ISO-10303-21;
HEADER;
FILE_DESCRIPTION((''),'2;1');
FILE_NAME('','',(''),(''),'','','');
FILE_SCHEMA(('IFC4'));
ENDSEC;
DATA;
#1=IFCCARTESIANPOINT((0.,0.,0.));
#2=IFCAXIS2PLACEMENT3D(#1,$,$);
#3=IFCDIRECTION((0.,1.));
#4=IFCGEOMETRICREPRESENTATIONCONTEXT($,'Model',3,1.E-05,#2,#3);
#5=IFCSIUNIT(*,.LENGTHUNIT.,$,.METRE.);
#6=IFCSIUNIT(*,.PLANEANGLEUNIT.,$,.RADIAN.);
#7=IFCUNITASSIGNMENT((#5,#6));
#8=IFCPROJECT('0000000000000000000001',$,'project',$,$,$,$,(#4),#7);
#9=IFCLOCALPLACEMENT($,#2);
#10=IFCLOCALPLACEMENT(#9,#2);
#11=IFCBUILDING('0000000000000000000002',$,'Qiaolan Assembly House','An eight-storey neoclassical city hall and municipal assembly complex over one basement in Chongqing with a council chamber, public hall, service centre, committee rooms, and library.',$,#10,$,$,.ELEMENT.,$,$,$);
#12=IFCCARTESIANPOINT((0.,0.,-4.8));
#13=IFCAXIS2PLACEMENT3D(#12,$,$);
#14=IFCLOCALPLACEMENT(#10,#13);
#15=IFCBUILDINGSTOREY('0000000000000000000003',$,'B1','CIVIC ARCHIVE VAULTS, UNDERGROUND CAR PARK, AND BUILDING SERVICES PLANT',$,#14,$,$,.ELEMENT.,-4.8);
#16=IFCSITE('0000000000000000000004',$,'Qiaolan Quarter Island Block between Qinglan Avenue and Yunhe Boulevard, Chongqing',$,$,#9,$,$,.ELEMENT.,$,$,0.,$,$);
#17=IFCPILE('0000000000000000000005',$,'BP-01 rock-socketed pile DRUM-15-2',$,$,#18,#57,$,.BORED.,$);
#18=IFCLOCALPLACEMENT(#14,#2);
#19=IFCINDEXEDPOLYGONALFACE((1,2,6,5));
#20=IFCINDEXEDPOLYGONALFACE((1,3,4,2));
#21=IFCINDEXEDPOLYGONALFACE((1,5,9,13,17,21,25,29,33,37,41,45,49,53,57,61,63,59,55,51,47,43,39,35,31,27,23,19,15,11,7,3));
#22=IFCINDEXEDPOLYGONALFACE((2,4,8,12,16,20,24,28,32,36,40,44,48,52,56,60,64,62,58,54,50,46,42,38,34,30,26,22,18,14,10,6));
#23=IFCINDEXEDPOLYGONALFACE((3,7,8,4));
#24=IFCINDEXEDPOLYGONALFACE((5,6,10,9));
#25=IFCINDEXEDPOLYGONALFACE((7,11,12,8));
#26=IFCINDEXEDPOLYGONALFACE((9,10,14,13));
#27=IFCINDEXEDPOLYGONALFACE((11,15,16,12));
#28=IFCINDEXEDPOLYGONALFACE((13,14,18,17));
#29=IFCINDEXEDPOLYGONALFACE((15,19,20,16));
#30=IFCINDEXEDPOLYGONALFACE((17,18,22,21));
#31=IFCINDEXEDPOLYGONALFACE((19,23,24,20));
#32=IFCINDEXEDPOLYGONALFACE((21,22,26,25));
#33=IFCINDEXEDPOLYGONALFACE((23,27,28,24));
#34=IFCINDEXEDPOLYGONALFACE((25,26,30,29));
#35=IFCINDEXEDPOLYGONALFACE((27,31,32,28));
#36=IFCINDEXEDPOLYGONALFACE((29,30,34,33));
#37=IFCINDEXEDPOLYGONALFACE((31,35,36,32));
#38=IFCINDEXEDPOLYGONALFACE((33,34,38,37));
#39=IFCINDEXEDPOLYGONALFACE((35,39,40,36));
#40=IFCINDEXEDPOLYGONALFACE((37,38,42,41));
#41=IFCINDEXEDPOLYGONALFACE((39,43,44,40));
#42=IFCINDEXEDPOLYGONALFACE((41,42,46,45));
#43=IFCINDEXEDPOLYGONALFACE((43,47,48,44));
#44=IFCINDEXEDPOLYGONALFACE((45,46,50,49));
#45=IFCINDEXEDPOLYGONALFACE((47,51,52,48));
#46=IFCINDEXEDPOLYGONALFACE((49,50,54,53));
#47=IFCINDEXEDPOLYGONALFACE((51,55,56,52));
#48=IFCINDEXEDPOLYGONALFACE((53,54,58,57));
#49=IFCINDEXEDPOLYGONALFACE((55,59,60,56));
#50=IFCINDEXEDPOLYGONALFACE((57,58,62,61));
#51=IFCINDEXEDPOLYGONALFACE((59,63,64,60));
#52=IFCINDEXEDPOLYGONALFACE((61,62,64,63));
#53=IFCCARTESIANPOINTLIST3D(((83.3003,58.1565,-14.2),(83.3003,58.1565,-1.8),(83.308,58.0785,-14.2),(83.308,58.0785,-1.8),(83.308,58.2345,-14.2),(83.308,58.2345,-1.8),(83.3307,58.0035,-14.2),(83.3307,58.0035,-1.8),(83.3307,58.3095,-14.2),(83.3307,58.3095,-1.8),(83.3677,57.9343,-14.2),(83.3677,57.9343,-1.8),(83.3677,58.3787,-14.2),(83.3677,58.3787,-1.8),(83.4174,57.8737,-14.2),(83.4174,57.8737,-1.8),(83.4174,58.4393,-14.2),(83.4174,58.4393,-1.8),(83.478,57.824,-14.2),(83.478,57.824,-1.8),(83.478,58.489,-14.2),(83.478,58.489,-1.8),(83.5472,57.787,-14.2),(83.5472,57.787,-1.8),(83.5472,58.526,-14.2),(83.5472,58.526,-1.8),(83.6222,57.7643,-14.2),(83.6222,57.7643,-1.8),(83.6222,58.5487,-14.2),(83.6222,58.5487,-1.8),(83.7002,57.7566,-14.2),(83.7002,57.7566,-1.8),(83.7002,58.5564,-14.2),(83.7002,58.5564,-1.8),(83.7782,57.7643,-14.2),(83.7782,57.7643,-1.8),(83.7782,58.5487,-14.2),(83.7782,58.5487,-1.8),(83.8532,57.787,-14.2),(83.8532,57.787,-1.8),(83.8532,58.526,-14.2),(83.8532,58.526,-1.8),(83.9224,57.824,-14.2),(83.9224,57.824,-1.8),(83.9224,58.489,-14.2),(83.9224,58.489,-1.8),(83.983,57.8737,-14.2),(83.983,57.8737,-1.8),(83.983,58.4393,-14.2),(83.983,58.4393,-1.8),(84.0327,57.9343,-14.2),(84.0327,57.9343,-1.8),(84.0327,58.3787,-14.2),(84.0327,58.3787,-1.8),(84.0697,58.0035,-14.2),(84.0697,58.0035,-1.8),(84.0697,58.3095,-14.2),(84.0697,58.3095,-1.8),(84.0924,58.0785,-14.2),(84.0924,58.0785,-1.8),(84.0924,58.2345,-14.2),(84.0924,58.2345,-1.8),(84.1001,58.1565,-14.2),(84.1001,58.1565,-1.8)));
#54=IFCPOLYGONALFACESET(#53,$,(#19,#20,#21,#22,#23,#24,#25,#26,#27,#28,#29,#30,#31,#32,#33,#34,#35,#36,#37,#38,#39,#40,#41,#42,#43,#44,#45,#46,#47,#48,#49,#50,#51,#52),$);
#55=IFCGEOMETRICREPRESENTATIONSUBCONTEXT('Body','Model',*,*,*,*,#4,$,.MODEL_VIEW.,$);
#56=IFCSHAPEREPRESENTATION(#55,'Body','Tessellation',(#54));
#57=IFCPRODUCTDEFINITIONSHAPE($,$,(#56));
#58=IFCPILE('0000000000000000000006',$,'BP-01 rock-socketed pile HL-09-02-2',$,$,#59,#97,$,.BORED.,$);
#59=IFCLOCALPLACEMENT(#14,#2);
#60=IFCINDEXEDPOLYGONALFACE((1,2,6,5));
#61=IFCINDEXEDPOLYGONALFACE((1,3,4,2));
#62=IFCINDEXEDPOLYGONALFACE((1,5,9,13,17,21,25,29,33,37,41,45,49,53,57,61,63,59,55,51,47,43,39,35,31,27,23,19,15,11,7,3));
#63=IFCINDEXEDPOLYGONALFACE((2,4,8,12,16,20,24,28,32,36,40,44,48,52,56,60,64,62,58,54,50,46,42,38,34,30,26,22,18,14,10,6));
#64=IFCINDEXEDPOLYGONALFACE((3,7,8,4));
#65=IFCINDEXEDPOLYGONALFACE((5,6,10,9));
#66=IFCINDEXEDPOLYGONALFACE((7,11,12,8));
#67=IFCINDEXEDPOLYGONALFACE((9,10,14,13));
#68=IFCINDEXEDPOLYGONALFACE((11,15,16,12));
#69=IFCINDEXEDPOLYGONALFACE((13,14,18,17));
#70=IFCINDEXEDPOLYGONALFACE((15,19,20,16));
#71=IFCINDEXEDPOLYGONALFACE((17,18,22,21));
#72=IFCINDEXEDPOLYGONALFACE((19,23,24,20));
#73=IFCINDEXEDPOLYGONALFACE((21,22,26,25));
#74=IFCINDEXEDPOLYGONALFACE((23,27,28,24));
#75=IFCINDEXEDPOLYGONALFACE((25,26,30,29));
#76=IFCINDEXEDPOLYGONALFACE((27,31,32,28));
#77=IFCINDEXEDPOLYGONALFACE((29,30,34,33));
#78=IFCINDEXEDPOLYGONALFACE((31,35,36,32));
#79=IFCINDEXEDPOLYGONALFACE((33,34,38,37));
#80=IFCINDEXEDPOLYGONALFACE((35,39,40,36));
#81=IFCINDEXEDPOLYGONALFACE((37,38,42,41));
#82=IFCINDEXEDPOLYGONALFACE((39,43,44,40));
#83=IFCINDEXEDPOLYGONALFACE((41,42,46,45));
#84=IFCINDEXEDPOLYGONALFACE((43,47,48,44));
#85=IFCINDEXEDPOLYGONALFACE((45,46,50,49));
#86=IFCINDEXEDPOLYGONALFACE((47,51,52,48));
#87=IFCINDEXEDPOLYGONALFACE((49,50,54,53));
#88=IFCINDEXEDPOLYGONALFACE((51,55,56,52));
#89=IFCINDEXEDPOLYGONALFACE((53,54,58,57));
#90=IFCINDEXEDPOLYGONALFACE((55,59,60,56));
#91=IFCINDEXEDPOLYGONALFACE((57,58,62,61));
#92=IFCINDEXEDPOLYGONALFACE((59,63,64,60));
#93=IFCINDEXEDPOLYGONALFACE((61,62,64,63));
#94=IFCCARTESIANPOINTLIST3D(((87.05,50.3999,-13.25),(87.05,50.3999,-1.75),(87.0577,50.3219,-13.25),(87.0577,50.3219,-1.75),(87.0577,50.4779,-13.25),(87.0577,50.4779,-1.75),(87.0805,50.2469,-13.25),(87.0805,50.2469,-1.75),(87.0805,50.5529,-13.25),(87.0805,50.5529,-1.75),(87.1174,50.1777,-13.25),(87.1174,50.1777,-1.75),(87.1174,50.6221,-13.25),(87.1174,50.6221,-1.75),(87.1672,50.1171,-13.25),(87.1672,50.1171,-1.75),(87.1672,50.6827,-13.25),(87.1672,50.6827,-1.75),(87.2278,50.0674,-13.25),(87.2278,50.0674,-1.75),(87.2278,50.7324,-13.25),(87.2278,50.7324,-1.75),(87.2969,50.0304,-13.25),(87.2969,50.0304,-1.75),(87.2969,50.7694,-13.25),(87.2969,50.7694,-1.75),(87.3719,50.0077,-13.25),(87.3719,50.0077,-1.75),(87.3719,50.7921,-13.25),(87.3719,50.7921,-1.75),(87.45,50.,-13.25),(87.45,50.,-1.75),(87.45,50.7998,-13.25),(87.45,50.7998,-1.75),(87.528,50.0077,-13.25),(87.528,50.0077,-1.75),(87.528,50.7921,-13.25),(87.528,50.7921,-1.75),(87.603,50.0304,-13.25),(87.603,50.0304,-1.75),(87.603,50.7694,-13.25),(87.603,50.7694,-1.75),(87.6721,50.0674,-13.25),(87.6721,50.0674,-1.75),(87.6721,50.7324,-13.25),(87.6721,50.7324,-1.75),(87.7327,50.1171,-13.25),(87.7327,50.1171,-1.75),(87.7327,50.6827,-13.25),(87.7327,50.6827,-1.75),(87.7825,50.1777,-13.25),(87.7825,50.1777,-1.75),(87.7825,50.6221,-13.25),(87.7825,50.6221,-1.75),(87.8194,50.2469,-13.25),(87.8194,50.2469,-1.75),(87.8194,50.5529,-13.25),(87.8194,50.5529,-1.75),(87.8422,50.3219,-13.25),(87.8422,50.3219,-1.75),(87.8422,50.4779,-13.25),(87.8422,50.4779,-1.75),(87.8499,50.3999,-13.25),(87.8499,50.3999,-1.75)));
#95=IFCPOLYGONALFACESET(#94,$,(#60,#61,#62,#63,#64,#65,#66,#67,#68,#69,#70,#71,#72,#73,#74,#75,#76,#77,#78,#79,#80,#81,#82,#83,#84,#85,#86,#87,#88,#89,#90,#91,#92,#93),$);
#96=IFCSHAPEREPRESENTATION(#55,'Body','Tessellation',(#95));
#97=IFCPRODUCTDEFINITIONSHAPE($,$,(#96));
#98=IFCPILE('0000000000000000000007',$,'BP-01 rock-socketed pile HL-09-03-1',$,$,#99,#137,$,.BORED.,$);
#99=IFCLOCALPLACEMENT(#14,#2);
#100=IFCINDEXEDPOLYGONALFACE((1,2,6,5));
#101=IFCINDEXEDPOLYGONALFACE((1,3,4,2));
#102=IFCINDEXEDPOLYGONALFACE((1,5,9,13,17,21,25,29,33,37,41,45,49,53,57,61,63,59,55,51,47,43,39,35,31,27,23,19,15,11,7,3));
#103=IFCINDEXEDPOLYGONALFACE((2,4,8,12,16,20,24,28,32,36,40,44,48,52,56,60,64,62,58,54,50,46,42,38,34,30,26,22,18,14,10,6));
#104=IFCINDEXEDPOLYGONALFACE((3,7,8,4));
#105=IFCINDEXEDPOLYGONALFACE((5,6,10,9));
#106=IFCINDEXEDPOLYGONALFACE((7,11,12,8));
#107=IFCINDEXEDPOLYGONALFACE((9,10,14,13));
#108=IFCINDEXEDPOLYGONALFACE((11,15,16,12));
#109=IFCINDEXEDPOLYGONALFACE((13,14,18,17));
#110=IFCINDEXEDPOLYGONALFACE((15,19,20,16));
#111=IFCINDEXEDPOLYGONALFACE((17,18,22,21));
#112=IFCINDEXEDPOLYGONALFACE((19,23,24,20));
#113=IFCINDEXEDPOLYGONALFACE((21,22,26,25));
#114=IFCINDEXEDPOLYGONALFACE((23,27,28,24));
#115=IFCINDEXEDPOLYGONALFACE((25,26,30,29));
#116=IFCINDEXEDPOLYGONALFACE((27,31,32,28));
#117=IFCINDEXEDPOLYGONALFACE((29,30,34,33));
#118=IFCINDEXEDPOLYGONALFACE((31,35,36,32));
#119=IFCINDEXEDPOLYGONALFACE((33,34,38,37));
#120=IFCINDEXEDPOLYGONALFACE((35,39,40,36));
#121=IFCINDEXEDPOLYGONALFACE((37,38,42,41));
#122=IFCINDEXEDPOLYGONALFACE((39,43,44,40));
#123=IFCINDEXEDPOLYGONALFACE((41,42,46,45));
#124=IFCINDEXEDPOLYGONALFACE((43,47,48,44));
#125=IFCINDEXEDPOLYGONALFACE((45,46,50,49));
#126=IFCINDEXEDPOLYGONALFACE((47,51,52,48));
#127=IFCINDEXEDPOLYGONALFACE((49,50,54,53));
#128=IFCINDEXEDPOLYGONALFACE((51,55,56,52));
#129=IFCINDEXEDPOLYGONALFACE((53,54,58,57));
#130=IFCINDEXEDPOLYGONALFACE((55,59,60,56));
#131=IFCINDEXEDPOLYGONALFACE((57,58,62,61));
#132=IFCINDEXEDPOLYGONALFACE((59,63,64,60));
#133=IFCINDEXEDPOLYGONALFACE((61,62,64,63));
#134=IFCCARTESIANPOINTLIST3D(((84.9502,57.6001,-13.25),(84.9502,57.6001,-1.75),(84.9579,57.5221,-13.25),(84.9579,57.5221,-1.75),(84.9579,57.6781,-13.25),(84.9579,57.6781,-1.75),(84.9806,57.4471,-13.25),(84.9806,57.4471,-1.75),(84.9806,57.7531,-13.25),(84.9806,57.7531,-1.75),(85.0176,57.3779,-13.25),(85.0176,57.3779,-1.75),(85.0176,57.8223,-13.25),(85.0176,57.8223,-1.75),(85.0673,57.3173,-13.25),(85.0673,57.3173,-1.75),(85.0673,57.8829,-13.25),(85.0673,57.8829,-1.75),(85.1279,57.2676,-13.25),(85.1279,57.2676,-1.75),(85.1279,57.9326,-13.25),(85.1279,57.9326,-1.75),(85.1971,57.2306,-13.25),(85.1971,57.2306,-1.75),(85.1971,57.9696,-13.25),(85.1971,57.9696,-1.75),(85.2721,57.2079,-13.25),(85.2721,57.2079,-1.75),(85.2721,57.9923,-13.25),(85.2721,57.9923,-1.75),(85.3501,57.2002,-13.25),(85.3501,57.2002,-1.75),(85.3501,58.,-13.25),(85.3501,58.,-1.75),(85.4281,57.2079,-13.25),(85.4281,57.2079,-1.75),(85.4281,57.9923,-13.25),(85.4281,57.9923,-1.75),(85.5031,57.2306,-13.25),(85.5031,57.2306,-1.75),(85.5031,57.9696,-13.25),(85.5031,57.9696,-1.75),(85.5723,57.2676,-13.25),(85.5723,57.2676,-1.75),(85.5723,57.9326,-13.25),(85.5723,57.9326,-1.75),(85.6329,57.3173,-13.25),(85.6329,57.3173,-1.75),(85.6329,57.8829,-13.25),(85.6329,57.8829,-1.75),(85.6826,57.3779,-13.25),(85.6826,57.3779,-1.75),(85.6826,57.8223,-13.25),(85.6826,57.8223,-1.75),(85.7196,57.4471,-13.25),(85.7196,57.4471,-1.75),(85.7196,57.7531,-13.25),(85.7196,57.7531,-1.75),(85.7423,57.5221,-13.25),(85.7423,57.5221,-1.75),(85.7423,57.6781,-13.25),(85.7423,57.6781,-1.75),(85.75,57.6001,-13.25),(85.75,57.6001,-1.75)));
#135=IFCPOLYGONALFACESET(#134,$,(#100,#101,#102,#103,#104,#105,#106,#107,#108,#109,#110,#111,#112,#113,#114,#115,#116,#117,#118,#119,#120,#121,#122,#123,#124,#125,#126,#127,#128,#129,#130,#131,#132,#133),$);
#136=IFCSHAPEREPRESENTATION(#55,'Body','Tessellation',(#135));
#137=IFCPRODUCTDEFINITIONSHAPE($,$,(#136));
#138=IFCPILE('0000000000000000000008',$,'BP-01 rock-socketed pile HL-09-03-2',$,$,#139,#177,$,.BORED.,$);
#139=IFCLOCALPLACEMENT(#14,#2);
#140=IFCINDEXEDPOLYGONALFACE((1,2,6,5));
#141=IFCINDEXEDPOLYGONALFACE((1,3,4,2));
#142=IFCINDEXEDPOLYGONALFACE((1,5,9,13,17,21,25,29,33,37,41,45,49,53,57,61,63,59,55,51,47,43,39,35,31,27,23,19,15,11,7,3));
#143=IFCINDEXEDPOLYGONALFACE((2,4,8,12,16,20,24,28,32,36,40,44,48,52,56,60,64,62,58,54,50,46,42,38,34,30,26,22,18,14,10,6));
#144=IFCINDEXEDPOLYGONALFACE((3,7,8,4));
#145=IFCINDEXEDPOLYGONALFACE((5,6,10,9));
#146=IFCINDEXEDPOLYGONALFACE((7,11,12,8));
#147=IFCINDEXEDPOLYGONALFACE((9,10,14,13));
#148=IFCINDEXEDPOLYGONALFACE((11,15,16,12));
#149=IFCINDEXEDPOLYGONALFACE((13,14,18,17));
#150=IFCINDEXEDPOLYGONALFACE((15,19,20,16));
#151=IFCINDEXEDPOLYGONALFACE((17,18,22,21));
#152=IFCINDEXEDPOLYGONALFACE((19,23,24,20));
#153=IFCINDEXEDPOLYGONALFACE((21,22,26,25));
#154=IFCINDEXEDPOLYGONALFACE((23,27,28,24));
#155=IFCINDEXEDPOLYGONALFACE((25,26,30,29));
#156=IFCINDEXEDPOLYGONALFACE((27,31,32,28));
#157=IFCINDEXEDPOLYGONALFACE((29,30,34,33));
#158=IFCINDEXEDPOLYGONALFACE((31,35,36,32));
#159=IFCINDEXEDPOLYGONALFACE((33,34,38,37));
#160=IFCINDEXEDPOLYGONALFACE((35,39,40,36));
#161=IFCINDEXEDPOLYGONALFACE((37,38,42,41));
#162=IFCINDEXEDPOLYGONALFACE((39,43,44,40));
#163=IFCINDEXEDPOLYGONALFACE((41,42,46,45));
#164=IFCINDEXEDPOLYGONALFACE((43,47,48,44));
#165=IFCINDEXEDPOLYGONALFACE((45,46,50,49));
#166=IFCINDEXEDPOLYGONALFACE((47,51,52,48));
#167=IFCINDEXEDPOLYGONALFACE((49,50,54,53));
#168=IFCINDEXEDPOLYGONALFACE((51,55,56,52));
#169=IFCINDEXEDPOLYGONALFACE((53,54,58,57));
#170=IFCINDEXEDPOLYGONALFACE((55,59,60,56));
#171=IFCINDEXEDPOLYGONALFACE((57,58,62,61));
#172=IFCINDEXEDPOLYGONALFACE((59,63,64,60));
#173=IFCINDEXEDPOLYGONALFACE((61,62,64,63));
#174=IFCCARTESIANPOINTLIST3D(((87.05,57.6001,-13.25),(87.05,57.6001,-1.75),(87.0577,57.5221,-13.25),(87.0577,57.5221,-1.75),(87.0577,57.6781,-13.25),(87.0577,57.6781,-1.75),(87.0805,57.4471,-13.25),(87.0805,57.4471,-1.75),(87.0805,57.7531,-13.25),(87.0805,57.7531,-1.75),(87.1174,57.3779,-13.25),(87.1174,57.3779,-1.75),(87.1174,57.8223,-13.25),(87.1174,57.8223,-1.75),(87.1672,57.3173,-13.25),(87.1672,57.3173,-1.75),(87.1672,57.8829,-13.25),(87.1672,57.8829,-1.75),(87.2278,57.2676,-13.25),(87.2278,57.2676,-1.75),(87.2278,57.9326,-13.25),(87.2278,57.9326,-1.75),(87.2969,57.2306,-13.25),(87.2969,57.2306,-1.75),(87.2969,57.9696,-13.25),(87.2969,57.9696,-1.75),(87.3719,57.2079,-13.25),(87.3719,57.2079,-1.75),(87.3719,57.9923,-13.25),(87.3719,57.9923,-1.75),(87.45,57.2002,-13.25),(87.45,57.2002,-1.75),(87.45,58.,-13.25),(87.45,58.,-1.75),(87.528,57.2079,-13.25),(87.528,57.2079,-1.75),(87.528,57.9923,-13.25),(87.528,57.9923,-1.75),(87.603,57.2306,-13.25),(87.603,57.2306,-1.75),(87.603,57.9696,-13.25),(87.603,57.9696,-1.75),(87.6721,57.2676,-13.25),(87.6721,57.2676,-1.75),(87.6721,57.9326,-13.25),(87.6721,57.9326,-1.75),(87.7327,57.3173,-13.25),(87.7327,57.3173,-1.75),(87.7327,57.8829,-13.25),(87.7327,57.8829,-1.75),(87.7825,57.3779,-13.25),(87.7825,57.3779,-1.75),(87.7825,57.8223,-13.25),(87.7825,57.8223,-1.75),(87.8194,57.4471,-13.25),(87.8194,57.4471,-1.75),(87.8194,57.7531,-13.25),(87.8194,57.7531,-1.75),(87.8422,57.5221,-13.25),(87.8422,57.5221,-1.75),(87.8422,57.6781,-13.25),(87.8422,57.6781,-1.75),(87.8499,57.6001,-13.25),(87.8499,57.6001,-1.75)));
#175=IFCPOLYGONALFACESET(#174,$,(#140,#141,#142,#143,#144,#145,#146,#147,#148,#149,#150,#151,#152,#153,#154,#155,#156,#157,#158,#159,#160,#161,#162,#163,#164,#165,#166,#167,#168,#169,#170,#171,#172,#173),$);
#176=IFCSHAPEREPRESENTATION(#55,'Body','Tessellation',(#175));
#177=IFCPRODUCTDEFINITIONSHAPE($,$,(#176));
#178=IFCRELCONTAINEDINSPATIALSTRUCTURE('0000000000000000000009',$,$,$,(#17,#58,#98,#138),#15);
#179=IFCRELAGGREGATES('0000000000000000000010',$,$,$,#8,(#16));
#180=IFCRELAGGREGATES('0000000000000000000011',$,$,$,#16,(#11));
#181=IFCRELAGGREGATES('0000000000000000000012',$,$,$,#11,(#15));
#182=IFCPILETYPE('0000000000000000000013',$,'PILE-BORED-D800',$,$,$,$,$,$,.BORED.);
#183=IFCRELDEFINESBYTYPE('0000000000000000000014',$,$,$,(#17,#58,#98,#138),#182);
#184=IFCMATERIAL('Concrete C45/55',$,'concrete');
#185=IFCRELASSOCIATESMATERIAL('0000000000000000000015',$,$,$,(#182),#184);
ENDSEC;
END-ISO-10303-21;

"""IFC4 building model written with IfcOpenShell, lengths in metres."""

from ifc_helpers import new_model, si_unit, direction, frame, origin, origin_2d, place, context, subcontext, project, spatial, circle, extrude, material, material_profile, profile_set, type_object, element, save


model = new_model("IFC4")

# Units and contexts
model_context = context("Model", 3, precision=1e-05, world=origin(), true_north=direction((0.0, 1.0)))
body_context = subcontext(model_context, "Body", "Model", "MODEL_VIEW")
ifc_project = project(units=[si_unit("LENGTHUNIT", "METRE"), si_unit("PLANEANGLEUNIT", "RADIAN")], contexts=[model_context])

# Site, building, storey
site_placement = place(None, origin())
site = spatial("IfcSite", under=ifc_project, at=site_placement, Name="Qiaolan Quarter Island Block between Qinglan Avenue and Yunhe Boulevard, Chongqing", CompositionType="ELEMENT", RefElevation=0.0)
building_placement = place(site_placement, origin())
building = spatial("IfcBuilding", under=site, at=building_placement, Name="Qiaolan Assembly House", Description="An eight-storey neoclassical city hall and municipal assembly complex over one basement in Chongqing with a council chamber, public hall, service centre, committee rooms, and library.", CompositionType="ELEMENT")
storey_placement = place(building_placement, frame((0.0, 0.0, -4.8)))
storey = spatial("IfcBuildingStorey", under=building, at=storey_placement, Name="B1", Description="CIVIC ARCHIVE VAULTS, UNDERGROUND CAR PARK, AND BUILDING SERVICES PLANT", CompositionType="ELEMENT", Elevation=-4.8)

# Piles
ifc_material_1 = material(Name="Concrete C45/55", Category="concrete")
ifc_material_profile_1 = material_profile(ifc_material_1, circle(Radius=0.3999, at=origin_2d()), Name="PILE D800")
ifc_profile_set_1 = profile_set([ifc_material_profile_1], Name="Concrete C45/55")
pile_type = type_object("IfcPileType", Name="PILE-BORED-D800", PredefinedType="BORED", material=ifc_profile_set_1)
for number, where, z_axis, x_axis, name in (
    (1, (83.7002, 58.1565, -1.8), (0.0, 0.0, -1.0), (1.0, 0.0, 0.0), "BP-01 rock-socketed pile DRUM-15-2"),
):
    element("IfcPile", number, at=place(storey_placement, frame(where, z_axis=z_axis, x_axis=x_axis)), inside=storey, type_object=pile_type, Name=name, PredefinedType="BORED", context=body_context, shape_type="SweptSolid", body=[
        extrude(circle(Radius=0.3999, at=origin_2d()), origin(), (0.0, 0.0, 1.0), 12.3999),
    ])
for number, where, z_axis, x_axis, name in (
    (2, (87.45, 50.3999, -1.75), (0.0, 0.0, -1.0), (1.0, 0.0, 0.0), "BP-01 rock-socketed pile HL-09-02-2"),
    (3, (85.3501, 57.6001, -1.75), (0.0, 0.0, -1.0), (1.0, 0.0, 0.0), "BP-01 rock-socketed pile HL-09-03-1"),
    (4, (87.45, 57.6001, -1.75), (0.0, 0.0, -1.0), (1.0, 0.0, 0.0), "BP-01 rock-socketed pile HL-09-03-2"),
):
    element("IfcPile", number, at=place(storey_placement, frame(where, z_axis=z_axis, x_axis=x_axis)), inside=storey, type_object=pile_type, Name=name, PredefinedType="BORED", context=body_context, shape_type="SweptSolid", body=[
        extrude(circle(Radius=0.3999, at=origin_2d()), origin(), (0.0, 0.0, 1.0), 11.5),
    ])

save(model, "model.ifc")
